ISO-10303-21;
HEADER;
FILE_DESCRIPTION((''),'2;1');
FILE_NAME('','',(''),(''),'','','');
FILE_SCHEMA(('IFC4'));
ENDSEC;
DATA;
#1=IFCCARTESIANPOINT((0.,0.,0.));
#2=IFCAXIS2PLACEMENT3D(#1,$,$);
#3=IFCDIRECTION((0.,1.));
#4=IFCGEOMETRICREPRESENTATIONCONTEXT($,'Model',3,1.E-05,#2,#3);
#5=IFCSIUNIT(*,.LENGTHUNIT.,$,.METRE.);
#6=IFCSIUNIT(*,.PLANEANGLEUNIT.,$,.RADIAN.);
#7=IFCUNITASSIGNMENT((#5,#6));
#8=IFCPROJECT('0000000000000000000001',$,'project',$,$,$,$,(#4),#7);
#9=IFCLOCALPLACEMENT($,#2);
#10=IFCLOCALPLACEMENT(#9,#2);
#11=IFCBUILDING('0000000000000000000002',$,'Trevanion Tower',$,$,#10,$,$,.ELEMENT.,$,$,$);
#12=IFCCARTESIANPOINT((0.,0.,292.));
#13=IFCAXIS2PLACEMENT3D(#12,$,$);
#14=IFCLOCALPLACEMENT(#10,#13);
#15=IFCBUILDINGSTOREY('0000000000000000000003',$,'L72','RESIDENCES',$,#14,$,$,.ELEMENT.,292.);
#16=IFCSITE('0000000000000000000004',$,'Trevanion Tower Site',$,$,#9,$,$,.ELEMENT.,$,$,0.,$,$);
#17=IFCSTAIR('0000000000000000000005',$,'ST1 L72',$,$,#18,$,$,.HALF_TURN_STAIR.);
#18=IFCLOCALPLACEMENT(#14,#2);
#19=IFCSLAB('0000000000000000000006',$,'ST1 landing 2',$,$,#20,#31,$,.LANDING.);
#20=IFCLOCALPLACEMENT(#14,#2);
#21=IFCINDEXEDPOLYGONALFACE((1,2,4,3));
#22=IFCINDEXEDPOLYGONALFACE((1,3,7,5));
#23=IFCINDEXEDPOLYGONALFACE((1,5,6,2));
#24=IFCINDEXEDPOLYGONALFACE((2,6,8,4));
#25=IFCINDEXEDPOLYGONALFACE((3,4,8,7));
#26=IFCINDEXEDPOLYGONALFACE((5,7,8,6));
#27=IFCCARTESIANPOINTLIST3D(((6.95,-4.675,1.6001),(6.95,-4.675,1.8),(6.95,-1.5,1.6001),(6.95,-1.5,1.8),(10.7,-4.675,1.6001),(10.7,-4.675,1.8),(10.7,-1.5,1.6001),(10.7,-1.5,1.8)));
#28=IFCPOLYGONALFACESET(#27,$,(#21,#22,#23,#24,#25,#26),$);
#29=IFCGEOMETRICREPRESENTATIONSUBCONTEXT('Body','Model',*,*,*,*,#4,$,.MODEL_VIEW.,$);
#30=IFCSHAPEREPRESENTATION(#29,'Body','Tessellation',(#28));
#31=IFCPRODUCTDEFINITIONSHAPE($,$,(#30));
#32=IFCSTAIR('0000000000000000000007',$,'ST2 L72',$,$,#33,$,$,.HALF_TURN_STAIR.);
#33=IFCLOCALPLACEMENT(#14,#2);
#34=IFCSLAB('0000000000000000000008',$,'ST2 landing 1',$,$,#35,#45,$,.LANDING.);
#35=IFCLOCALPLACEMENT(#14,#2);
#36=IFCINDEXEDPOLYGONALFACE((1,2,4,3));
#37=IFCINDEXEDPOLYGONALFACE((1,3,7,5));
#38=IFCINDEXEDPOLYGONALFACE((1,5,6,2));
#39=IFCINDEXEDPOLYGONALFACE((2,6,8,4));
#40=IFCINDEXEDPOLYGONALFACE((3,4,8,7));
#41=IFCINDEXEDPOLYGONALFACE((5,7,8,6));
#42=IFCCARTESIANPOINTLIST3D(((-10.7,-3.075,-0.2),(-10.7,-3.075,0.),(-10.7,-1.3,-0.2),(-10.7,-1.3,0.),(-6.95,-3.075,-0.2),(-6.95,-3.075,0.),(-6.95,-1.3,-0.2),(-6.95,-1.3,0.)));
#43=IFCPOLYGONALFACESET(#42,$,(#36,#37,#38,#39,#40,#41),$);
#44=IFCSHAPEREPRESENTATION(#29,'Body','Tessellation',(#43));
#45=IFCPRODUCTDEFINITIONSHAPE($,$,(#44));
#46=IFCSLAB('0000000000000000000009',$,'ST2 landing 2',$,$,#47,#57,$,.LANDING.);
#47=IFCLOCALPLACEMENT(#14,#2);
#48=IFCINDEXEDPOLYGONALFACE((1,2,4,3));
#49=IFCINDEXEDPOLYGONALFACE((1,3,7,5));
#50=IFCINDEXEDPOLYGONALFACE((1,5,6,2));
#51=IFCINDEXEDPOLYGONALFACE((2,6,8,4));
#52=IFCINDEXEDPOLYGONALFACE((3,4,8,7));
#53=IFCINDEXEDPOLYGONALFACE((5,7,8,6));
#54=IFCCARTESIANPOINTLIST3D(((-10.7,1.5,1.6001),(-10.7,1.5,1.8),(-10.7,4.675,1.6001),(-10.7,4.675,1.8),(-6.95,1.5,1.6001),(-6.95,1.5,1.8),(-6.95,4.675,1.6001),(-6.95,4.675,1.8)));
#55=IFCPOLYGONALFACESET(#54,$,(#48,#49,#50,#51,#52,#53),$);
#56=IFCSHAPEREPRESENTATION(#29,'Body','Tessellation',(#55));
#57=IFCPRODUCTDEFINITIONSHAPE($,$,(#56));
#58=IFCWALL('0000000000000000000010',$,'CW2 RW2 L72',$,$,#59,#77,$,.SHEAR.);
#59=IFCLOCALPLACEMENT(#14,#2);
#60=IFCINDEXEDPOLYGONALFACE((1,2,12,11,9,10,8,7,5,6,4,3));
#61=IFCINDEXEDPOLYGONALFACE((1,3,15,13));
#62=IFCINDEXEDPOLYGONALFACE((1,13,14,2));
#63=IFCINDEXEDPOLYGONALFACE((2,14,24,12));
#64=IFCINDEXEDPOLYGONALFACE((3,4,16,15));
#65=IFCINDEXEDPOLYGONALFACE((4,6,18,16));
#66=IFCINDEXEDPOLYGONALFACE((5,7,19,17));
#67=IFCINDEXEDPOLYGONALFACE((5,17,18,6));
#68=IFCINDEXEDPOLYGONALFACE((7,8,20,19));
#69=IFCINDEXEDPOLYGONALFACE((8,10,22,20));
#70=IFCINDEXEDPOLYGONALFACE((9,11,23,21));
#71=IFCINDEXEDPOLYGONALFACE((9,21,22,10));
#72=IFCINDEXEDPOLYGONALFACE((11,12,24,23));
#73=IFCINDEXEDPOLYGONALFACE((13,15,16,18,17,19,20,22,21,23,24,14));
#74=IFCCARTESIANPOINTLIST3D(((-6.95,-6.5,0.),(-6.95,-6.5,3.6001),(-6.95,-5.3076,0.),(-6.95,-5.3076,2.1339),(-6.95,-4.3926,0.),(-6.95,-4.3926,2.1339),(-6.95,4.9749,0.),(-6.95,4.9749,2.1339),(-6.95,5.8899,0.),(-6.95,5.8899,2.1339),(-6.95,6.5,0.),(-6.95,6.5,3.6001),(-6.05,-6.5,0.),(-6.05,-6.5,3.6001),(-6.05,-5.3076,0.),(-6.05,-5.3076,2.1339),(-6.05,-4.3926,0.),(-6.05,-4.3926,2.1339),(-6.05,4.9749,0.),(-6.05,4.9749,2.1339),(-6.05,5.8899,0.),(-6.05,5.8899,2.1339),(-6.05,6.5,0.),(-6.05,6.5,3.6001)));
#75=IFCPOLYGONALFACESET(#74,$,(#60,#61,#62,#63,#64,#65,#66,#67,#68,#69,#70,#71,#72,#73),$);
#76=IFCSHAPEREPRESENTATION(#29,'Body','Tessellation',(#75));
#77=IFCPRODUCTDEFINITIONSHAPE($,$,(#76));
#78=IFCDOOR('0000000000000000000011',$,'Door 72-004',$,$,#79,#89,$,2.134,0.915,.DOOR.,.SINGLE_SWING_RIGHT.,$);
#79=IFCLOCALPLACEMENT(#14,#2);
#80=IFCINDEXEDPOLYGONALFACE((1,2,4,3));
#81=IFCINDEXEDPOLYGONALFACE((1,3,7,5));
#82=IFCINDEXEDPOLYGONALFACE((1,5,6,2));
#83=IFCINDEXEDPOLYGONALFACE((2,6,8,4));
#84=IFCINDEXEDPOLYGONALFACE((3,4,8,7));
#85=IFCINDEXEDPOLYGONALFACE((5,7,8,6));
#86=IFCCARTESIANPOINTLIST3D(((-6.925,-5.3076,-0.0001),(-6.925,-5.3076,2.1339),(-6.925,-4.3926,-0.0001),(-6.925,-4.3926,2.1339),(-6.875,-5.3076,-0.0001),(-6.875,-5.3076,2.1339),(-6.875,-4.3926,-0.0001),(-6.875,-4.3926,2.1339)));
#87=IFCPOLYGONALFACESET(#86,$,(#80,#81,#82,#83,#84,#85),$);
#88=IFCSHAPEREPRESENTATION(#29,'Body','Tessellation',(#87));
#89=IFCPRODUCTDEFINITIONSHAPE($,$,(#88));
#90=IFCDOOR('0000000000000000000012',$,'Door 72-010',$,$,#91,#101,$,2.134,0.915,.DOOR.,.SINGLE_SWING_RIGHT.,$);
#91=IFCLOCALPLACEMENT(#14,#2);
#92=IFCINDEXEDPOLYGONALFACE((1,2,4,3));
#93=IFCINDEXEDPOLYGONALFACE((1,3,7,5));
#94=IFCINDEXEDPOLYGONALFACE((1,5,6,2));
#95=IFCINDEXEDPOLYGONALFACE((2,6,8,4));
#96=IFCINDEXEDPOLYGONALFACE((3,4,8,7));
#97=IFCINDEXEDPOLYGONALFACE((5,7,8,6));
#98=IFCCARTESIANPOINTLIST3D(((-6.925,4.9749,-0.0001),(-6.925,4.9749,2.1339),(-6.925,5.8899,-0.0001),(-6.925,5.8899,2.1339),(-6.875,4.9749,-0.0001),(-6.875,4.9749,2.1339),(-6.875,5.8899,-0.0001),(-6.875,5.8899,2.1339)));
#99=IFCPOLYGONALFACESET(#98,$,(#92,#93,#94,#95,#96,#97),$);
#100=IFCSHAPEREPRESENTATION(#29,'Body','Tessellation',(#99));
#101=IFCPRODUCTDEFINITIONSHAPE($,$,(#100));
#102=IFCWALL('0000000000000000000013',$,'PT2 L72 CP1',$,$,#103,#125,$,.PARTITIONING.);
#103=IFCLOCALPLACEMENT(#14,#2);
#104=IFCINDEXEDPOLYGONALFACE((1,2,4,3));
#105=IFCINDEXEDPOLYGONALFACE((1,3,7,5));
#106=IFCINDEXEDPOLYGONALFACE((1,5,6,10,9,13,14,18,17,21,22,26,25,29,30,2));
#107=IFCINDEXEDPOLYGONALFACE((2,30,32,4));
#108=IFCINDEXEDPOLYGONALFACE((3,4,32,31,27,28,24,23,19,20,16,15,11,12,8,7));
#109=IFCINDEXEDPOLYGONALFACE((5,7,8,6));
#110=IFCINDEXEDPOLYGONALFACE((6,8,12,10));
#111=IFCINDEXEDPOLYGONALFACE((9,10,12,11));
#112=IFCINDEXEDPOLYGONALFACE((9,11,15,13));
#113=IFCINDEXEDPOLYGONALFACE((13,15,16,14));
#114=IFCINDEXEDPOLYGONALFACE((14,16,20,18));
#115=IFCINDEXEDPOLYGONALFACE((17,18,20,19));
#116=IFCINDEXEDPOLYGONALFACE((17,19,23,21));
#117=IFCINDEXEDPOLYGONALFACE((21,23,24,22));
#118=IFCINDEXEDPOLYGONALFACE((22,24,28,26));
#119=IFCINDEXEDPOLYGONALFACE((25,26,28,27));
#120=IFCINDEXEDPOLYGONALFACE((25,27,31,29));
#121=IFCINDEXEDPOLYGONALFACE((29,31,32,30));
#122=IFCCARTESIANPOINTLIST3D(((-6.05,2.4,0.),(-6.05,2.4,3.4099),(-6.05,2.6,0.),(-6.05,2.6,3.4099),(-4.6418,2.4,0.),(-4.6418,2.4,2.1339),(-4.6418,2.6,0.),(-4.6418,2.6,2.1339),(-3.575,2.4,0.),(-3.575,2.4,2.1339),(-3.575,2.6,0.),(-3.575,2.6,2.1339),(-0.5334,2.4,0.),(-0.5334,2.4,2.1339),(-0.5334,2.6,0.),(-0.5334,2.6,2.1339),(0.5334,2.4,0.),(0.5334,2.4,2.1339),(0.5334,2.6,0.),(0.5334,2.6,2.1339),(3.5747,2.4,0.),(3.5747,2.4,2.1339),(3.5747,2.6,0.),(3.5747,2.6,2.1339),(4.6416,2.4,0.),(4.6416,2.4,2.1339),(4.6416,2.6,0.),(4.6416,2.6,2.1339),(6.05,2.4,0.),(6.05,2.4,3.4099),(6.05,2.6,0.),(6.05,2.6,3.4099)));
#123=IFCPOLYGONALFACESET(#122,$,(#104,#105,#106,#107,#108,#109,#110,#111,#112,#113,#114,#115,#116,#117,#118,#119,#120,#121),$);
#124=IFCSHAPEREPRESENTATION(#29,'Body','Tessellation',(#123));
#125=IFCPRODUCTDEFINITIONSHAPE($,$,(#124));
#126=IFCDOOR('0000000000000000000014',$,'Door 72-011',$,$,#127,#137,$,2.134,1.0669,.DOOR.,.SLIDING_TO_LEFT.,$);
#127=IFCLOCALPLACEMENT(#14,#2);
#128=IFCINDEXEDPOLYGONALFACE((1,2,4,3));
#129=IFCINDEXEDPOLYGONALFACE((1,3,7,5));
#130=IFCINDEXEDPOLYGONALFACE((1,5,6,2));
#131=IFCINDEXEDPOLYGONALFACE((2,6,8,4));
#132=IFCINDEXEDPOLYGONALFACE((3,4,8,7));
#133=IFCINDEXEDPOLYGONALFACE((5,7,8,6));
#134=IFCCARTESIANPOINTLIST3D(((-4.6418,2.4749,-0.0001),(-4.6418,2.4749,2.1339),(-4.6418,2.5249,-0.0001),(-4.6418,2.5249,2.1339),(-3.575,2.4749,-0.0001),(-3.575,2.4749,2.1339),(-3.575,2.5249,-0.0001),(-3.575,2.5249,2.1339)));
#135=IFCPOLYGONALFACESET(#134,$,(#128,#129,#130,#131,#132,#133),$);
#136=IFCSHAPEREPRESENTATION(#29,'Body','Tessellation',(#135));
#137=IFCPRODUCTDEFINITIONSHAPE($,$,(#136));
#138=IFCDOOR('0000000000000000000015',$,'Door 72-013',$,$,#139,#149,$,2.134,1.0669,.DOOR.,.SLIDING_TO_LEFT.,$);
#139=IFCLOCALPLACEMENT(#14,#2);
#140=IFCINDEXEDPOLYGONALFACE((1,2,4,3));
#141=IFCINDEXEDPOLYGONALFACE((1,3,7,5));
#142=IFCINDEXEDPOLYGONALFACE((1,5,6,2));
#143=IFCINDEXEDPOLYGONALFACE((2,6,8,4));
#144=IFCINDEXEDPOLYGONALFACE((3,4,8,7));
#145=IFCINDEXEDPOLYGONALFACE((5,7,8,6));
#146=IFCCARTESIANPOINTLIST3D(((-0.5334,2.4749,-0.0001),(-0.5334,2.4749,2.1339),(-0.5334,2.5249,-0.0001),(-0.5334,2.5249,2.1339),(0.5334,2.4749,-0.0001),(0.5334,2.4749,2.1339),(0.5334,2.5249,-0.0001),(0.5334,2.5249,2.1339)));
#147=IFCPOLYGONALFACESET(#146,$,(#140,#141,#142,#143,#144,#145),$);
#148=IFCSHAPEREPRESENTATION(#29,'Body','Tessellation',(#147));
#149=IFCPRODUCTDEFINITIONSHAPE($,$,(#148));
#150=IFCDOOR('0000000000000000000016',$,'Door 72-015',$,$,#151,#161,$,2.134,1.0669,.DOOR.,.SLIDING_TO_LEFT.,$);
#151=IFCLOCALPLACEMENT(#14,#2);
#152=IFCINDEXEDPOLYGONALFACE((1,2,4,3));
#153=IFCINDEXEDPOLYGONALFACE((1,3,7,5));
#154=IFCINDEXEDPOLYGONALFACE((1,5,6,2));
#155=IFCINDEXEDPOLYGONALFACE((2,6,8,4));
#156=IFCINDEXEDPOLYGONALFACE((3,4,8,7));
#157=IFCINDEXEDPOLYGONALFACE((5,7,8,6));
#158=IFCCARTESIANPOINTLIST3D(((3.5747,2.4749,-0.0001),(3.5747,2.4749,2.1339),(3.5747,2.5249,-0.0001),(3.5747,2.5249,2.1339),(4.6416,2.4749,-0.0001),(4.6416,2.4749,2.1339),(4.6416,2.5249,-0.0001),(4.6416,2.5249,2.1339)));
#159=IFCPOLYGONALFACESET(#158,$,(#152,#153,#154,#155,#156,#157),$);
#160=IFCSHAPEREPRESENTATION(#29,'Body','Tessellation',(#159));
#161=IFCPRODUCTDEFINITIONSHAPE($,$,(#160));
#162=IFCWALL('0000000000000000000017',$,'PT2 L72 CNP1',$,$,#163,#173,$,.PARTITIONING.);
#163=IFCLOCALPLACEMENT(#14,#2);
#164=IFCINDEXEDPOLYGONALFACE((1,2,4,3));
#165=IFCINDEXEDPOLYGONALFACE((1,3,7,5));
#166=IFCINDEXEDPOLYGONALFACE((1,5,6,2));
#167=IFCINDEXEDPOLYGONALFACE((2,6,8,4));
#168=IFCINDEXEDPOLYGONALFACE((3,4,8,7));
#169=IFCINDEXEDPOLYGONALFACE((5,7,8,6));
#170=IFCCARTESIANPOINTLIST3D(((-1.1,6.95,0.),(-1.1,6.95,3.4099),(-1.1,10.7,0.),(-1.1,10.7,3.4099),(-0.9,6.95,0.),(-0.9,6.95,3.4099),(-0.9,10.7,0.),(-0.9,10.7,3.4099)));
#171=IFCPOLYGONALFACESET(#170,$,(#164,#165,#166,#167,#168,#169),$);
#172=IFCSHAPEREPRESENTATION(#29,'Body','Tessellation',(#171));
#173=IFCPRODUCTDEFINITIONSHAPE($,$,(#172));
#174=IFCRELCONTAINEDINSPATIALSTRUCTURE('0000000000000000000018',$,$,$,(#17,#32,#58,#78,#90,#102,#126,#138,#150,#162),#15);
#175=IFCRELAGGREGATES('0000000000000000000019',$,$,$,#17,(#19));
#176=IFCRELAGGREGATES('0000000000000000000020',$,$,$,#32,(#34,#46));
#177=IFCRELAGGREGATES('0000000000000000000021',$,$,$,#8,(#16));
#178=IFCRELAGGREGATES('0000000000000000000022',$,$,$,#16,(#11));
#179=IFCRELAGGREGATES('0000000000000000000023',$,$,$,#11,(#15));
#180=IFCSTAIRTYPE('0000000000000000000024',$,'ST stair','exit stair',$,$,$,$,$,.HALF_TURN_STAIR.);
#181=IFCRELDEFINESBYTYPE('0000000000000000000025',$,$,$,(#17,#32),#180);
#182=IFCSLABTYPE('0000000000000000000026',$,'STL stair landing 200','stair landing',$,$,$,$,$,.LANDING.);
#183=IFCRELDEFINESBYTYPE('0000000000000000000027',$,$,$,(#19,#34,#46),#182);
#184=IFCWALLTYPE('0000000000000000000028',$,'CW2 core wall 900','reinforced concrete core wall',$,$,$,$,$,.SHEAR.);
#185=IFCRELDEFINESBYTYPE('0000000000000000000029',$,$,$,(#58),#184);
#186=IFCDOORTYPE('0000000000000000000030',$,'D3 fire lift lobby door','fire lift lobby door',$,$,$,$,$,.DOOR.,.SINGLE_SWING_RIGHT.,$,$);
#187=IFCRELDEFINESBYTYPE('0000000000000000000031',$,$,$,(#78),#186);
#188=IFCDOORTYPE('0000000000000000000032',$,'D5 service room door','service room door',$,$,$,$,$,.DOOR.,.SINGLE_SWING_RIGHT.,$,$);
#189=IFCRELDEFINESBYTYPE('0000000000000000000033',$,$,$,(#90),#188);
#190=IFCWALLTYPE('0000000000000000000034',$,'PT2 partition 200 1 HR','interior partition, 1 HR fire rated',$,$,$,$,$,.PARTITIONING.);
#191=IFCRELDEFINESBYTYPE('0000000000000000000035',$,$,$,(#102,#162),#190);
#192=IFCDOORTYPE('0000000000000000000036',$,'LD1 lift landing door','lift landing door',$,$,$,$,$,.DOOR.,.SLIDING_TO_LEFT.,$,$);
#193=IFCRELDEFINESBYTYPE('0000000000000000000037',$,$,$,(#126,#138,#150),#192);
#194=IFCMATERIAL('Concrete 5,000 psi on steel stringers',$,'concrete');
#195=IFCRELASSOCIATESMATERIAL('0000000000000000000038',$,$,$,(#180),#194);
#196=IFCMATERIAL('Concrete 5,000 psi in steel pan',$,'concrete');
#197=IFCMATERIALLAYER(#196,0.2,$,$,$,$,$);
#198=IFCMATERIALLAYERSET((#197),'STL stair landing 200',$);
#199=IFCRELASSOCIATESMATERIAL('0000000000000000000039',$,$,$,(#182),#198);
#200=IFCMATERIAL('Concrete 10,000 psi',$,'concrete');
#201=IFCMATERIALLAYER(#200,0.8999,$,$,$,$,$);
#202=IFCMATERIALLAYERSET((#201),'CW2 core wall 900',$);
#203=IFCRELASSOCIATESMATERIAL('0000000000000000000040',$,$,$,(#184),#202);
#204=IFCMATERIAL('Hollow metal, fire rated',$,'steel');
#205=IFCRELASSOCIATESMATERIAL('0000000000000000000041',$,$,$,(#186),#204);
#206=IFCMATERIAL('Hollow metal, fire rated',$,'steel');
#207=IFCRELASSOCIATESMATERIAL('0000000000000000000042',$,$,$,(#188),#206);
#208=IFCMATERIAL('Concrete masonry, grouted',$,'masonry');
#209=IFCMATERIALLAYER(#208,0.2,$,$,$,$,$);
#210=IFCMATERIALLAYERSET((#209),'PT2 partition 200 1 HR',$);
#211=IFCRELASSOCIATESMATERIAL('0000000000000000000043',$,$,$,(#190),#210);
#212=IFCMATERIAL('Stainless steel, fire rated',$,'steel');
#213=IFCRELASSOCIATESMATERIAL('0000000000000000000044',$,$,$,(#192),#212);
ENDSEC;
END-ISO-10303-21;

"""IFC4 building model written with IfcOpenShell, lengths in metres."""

from ifc_helpers import new_model, si_unit, direction, frame, frame_2d, origin, place, context, subcontext, project, spatial, polyline, rectangle, outline, extrude, material, layer, layer_set, type_object, element, fill, aggregate, save


model = new_model("IFC4")

# Units and contexts
model_context = context("Model", 3, precision=1e-05, world=origin(), true_north=direction((0.0, 1.0)))
body_context = subcontext(model_context, "Body", "Model", "MODEL_VIEW")
ifc_project = project(units=[si_unit("LENGTHUNIT", "METRE"), si_unit("PLANEANGLEUNIT", "RADIAN")], contexts=[model_context])

# Site, building, storey
site_placement = place(None, origin())
site = spatial("IfcSite", under=ifc_project, at=site_placement, Name="Trevanion Tower Site", CompositionType="ELEMENT", RefElevation=0.0)
building_placement = place(site_placement, origin())
building = spatial("IfcBuilding", under=site, at=building_placement, Name="Trevanion Tower", CompositionType="ELEMENT")
storey_placement = place(building_placement, frame((0.0, 0.0, 292.0)))
storey = spatial("IfcBuildingStorey", under=building, at=storey_placement, Name="L72", Description="RESIDENCES", CompositionType="ELEMENT", Elevation=292.0)

# Stairs, slabs
ifc_material_1 = material(Name="Concrete 5,000 psi on steel stringers", Category="concrete")
stair_type = type_object("IfcStairType", Name="ST stair", Description="exit stair", PredefinedType="HALF_TURN_STAIR", material=ifc_material_1)
stair_1_placement = place(storey_placement, origin())
stair_1 = element("IfcStair", 1, at=stair_1_placement, inside=storey, type_object=stair_type, Name="ST1 L72", PredefinedType="HALF_TURN_STAIR")
ifc_material_2 = material(Name="Concrete 5,000 psi in steel pan", Category="concrete")
ifc_layer_1 = layer(ifc_material_2, 0.2)
ifc_layer_set_1 = layer_set([ifc_layer_1], Name="STL stair landing 200")
slab_type_1 = type_object("IfcSlabType", Name="STL stair landing 200", Description="stair landing", PredefinedType="LANDING", material=ifc_layer_set_1)
slab_1_placement = place(storey_placement, frame((0.0, 0.0, 1.6001)))
slab_1 = element("IfcSlab", 2, at=slab_1_placement, type_object=slab_type_1, Name="ST1 landing 2", PredefinedType="LANDING", context=body_context, shape_type="SweptSolid", body=[
    extrude(outline(polyline([(6.95, -4.675), (10.7, -4.675), (10.7, -1.5), (6.95, -1.5), (6.95, -4.675)])), origin(), (0.0, 0.0, 1.0), 0.2),
])
aggregate(stair_1, [slab_1])
stair_2_placement = place(storey_placement, origin())
stair_2 = element("IfcStair", 3, at=stair_2_placement, inside=storey, type_object=stair_type, Name="ST2 L72", PredefinedType="HALF_TURN_STAIR")
slab_2_placement = place(storey_placement, frame((0.0, 0.0, -0.2)))
slab_2 = element("IfcSlab", 4, at=slab_2_placement, type_object=slab_type_1, Name="ST2 landing 1", PredefinedType="LANDING", context=body_context, shape_type="SweptSolid", body=[
    extrude(outline(polyline([(-6.95, -1.3), (-10.7, -1.3), (-10.7, -3.075), (-6.95, -3.075), (-6.95, -1.3)])), origin(), (0.0, 0.0, 1.0), 0.2),
])
slab_3_placement = place(storey_placement, frame((0.0, 0.0, 1.6001)))
slab_3 = element("IfcSlab", 5, at=slab_3_placement, type_object=slab_type_1, Name="ST2 landing 2", PredefinedType="LANDING", context=body_context, shape_type="SweptSolid", body=[
    extrude(outline(polyline([(-6.95, 4.675), (-10.7, 4.675), (-10.7, 1.5), (-6.95, 1.5), (-6.95, 4.675)])), origin(), (0.0, 0.0, 1.0), 0.2),
])
aggregate(stair_2, [slab_2, slab_3])

# Walls, openings, doors
ifc_material_3 = material(Name="Concrete 10,000 psi", Category="concrete")
ifc_layer_2 = layer(ifc_material_3, 0.8999)
ifc_layer_set_2 = layer_set([ifc_layer_2], Name="CW2 core wall 900")
wall_type_1 = type_object("IfcWallType", Name="CW2 core wall 900", Description="reinforced concrete core wall", PredefinedType="SHEAR", material=ifc_layer_set_2)
wall_1_placement = place(storey_placement, frame((-6.5, 6.5, 0.0), z_axis=(0.0, 0.0, 1.0), x_axis=(0.0, -1.0, 0.0)))
wall_1 = element("IfcWall", 6, at=wall_1_placement, inside=storey, type_object=wall_type_1, Name="CW2 RW2 L72", PredefinedType="SHEAR", context=body_context, shape_type="SweptSolid", body=[
    extrude(rectangle(XDim=13.0, YDim=0.8999, at=frame_2d((6.5, 0.0))), origin(), (0.0, 0.0, 1.0), 3.6001),
])
opening_1_placement = place(wall_1_placement, frame((10.8926, 0.0, 0.0)))
opening_1 = element("IfcOpeningElement", 7, at=opening_1_placement, cuts=wall_1, PredefinedType="OPENING", context=body_context, shape_type="SweptSolid", body=[
    extrude(rectangle(XDim=0.915, YDim=2.134, at=frame_2d((0.4575, 1.0669))), frame((0.0, 0.46, 0.0), z_axis=(0.0, -1.0, 0.0), x_axis=(1.0, 0.0, 0.0)), (0.0, 0.0, 1.0), 0.9199),
])
opening_2_placement = place(wall_1_placement, frame((0.6101, 0.0, 0.0)))
opening_2 = element("IfcOpeningElement", 8, at=opening_2_placement, cuts=wall_1, PredefinedType="OPENING", context=body_context, shape_type="SweptSolid", body=[
    extrude(rectangle(XDim=0.915, YDim=2.134, at=frame_2d((0.4575, 1.0669))), frame((0.0, 0.46, 0.0), z_axis=(0.0, -1.0, 0.0), x_axis=(1.0, 0.0, 0.0)), (0.0, 0.0, 1.0), 0.9199),
])
ifc_material_4 = material(Name="Hollow metal, fire rated", Category="steel")
door_type_1 = type_object("IfcDoorType", Name="D3 fire lift lobby door", Description="fire lift lobby door", OperationType="SINGLE_SWING_RIGHT", PredefinedType="DOOR", material=ifc_material_4)
door_1_placement = place(opening_1_placement, origin())
door_1 = element("IfcDoor", 9, at=door_1_placement, inside=storey, type_object=door_type_1, Name="Door 72-004", OperationType="SINGLE_SWING_RIGHT", OverallHeight=2.134, OverallWidth=0.915, PredefinedType="DOOR", context=body_context, shape_type="SweptSolid", body=[
    extrude(rectangle(XDim=0.915, YDim=2.134, at=frame_2d((0.4575, 1.0669))), frame((0.0, -0.375, 0.0), z_axis=(0.0, -1.0, 0.0), x_axis=(1.0, 0.0, 0.0)), (0.0, 0.0, 1.0), 0.05),
])
fill(opening_1, door_1)
ifc_material_5 = material(Name="Hollow metal, fire rated", Category="steel")
door_type_2 = type_object("IfcDoorType", Name="D5 service room door", Description="service room door", OperationType="SINGLE_SWING_RIGHT", PredefinedType="DOOR", material=ifc_material_5)
door_2_placement = place(opening_2_placement, origin())
door_2 = element("IfcDoor", 10, at=door_2_placement, inside=storey, type_object=door_type_2, Name="Door 72-010", OperationType="SINGLE_SWING_RIGHT", OverallHeight=2.134, OverallWidth=0.915, PredefinedType="DOOR", context=body_context, shape_type="SweptSolid", body=[
    extrude(rectangle(XDim=0.915, YDim=2.134, at=frame_2d((0.4575, 1.0669))), frame((0.0, -0.375, 0.0), z_axis=(0.0, -1.0, 0.0), x_axis=(1.0, 0.0, 0.0)), (0.0, 0.0, 1.0), 0.05),
])
fill(opening_2, door_2)
ifc_material_6 = material(Name="Concrete masonry, grouted", Category="masonry")
ifc_layer_3 = layer(ifc_material_6, 0.2)
ifc_layer_set_3 = layer_set([ifc_layer_3], Name="PT2 partition 200 1 HR")
wall_type_2 = type_object("IfcWallType", Name="PT2 partition 200 1 HR", Description="interior partition, 1 HR fire rated", PredefinedType="PARTITIONING", material=ifc_layer_set_3)
wall_2_placement = place(storey_placement, frame((-6.05, 2.5, 0.0), z_axis=(0.0, 0.0, 1.0), x_axis=(1.0, 0.0, 0.0)))
wall_2 = element("IfcWall", 11, at=wall_2_placement, inside=storey, type_object=wall_type_2, Name="PT2 L72 CP1", PredefinedType="PARTITIONING", context=body_context, shape_type="SweptSolid", body=[
    extrude(rectangle(XDim=12.1001, YDim=0.2, at=frame_2d((6.05, 0.0))), origin(), (0.0, 0.0, 1.0), 3.4099),
])
opening_3_placement = place(wall_2_placement, frame((1.4082, 0.0, 0.0)))
opening_3 = element("IfcOpeningElement", 12, at=opening_3_placement, cuts=wall_2, PredefinedType="OPENING", context=body_context, shape_type="SweptSolid", body=[
    extrude(rectangle(XDim=1.0669, YDim=2.134, at=frame_2d((0.5334, 1.0669))), frame((0.0, 0.1099, 0.0), z_axis=(0.0, -1.0, 0.0), x_axis=(1.0, 0.0, 0.0)), (0.0, 0.0, 1.0), 0.22),
])
opening_4_placement = place(wall_2_placement, frame((5.5166, 0.0, 0.0)))
opening_4 = element("IfcOpeningElement", 13, at=opening_4_placement, cuts=wall_2, PredefinedType="OPENING", context=body_context, shape_type="SweptSolid", body=[
    extrude(rectangle(XDim=1.0669, YDim=2.134, at=frame_2d((0.5334, 1.0669))), frame((0.0, 0.1099, 0.0), z_axis=(0.0, -1.0, 0.0), x_axis=(1.0, 0.0, 0.0)), (0.0, 0.0, 1.0), 0.22),
])
opening_5_placement = place(wall_2_placement, frame((9.6248, 0.0, 0.0)))
opening_5 = element("IfcOpeningElement", 14, at=opening_5_placement, cuts=wall_2, PredefinedType="OPENING", context=body_context, shape_type="SweptSolid", body=[
    extrude(rectangle(XDim=1.0669, YDim=2.134, at=frame_2d((0.5334, 1.0669))), frame((0.0, 0.1099, 0.0), z_axis=(0.0, -1.0, 0.0), x_axis=(1.0, 0.0, 0.0)), (0.0, 0.0, 1.0), 0.22),
])
ifc_material_7 = material(Name="Stainless steel, fire rated", Category="steel")
door_type_3 = type_object("IfcDoorType", Name="LD1 lift landing door", Description="lift landing door", OperationType="SLIDING_TO_LEFT", PredefinedType="DOOR", material=ifc_material_7)
door_3_placement = place(opening_3_placement, origin())
door_3 = element("IfcDoor", 15, at=door_3_placement, inside=storey, type_object=door_type_3, Name="Door 72-011", OperationType="SLIDING_TO_LEFT", OverallHeight=2.134, OverallWidth=1.0669, PredefinedType="DOOR", context=body_context, shape_type="SweptSolid", body=[
    extrude(rectangle(XDim=1.0669, YDim=2.134, at=frame_2d((0.5334, 1.0669))), frame((0.0, 0.0249, 0.0), z_axis=(0.0, -1.0, 0.0), x_axis=(1.0, 0.0, 0.0)), (0.0, 0.0, 1.0), 0.05),
])
fill(opening_3, door_3)
door_4_placement = place(opening_4_placement, origin())
door_4 = element("IfcDoor", 16, at=door_4_placement, inside=storey, type_object=door_type_3, Name="Door 72-013", OperationType="SLIDING_TO_LEFT", OverallHeight=2.134, OverallWidth=1.0669, PredefinedType="DOOR", context=body_context, shape_type="SweptSolid", body=[
    extrude(rectangle(XDim=1.0669, YDim=2.134, at=frame_2d((0.5334, 1.0669))), frame((0.0, 0.0249, 0.0), z_axis=(0.0, -1.0, 0.0), x_axis=(1.0, 0.0, 0.0)), (0.0, 0.0, 1.0), 0.05),
])
fill(opening_4, door_4)
door_5_placement = place(opening_5_placement, origin())
door_5 = element("IfcDoor", 17, at=door_5_placement, inside=storey, type_object=door_type_3, Name="Door 72-015", OperationType="SLIDING_TO_LEFT", OverallHeight=2.134, OverallWidth=1.0669, PredefinedType="DOOR", context=body_context, shape_type="SweptSolid", body=[
    extrude(rectangle(XDim=1.0669, YDim=2.134, at=frame_2d((0.5334, 1.0669))), frame((0.0, 0.0249, 0.0), z_axis=(0.0, -1.0, 0.0), x_axis=(1.0, 0.0, 0.0)), (0.0, 0.0, 1.0), 0.05),
])
fill(opening_5, door_5)

# Wall
wall_3_placement = place(storey_placement, frame((-1.0, 6.95, 0.0), z_axis=(0.0, 0.0, 1.0), x_axis=(0.0, 1.0, 0.0)))
element("IfcWall", 18, at=wall_3_placement, inside=storey, type_object=wall_type_2, Name="PT2 L72 CNP1", PredefinedType="PARTITIONING", context=body_context, shape_type="SweptSolid", body=[
    extrude(rectangle(XDim=3.75, YDim=0.2, at=frame_2d((1.875, 0.0))), origin(), (0.0, 0.0, 1.0), 3.4099),
])

save(model, "model.ifc")
